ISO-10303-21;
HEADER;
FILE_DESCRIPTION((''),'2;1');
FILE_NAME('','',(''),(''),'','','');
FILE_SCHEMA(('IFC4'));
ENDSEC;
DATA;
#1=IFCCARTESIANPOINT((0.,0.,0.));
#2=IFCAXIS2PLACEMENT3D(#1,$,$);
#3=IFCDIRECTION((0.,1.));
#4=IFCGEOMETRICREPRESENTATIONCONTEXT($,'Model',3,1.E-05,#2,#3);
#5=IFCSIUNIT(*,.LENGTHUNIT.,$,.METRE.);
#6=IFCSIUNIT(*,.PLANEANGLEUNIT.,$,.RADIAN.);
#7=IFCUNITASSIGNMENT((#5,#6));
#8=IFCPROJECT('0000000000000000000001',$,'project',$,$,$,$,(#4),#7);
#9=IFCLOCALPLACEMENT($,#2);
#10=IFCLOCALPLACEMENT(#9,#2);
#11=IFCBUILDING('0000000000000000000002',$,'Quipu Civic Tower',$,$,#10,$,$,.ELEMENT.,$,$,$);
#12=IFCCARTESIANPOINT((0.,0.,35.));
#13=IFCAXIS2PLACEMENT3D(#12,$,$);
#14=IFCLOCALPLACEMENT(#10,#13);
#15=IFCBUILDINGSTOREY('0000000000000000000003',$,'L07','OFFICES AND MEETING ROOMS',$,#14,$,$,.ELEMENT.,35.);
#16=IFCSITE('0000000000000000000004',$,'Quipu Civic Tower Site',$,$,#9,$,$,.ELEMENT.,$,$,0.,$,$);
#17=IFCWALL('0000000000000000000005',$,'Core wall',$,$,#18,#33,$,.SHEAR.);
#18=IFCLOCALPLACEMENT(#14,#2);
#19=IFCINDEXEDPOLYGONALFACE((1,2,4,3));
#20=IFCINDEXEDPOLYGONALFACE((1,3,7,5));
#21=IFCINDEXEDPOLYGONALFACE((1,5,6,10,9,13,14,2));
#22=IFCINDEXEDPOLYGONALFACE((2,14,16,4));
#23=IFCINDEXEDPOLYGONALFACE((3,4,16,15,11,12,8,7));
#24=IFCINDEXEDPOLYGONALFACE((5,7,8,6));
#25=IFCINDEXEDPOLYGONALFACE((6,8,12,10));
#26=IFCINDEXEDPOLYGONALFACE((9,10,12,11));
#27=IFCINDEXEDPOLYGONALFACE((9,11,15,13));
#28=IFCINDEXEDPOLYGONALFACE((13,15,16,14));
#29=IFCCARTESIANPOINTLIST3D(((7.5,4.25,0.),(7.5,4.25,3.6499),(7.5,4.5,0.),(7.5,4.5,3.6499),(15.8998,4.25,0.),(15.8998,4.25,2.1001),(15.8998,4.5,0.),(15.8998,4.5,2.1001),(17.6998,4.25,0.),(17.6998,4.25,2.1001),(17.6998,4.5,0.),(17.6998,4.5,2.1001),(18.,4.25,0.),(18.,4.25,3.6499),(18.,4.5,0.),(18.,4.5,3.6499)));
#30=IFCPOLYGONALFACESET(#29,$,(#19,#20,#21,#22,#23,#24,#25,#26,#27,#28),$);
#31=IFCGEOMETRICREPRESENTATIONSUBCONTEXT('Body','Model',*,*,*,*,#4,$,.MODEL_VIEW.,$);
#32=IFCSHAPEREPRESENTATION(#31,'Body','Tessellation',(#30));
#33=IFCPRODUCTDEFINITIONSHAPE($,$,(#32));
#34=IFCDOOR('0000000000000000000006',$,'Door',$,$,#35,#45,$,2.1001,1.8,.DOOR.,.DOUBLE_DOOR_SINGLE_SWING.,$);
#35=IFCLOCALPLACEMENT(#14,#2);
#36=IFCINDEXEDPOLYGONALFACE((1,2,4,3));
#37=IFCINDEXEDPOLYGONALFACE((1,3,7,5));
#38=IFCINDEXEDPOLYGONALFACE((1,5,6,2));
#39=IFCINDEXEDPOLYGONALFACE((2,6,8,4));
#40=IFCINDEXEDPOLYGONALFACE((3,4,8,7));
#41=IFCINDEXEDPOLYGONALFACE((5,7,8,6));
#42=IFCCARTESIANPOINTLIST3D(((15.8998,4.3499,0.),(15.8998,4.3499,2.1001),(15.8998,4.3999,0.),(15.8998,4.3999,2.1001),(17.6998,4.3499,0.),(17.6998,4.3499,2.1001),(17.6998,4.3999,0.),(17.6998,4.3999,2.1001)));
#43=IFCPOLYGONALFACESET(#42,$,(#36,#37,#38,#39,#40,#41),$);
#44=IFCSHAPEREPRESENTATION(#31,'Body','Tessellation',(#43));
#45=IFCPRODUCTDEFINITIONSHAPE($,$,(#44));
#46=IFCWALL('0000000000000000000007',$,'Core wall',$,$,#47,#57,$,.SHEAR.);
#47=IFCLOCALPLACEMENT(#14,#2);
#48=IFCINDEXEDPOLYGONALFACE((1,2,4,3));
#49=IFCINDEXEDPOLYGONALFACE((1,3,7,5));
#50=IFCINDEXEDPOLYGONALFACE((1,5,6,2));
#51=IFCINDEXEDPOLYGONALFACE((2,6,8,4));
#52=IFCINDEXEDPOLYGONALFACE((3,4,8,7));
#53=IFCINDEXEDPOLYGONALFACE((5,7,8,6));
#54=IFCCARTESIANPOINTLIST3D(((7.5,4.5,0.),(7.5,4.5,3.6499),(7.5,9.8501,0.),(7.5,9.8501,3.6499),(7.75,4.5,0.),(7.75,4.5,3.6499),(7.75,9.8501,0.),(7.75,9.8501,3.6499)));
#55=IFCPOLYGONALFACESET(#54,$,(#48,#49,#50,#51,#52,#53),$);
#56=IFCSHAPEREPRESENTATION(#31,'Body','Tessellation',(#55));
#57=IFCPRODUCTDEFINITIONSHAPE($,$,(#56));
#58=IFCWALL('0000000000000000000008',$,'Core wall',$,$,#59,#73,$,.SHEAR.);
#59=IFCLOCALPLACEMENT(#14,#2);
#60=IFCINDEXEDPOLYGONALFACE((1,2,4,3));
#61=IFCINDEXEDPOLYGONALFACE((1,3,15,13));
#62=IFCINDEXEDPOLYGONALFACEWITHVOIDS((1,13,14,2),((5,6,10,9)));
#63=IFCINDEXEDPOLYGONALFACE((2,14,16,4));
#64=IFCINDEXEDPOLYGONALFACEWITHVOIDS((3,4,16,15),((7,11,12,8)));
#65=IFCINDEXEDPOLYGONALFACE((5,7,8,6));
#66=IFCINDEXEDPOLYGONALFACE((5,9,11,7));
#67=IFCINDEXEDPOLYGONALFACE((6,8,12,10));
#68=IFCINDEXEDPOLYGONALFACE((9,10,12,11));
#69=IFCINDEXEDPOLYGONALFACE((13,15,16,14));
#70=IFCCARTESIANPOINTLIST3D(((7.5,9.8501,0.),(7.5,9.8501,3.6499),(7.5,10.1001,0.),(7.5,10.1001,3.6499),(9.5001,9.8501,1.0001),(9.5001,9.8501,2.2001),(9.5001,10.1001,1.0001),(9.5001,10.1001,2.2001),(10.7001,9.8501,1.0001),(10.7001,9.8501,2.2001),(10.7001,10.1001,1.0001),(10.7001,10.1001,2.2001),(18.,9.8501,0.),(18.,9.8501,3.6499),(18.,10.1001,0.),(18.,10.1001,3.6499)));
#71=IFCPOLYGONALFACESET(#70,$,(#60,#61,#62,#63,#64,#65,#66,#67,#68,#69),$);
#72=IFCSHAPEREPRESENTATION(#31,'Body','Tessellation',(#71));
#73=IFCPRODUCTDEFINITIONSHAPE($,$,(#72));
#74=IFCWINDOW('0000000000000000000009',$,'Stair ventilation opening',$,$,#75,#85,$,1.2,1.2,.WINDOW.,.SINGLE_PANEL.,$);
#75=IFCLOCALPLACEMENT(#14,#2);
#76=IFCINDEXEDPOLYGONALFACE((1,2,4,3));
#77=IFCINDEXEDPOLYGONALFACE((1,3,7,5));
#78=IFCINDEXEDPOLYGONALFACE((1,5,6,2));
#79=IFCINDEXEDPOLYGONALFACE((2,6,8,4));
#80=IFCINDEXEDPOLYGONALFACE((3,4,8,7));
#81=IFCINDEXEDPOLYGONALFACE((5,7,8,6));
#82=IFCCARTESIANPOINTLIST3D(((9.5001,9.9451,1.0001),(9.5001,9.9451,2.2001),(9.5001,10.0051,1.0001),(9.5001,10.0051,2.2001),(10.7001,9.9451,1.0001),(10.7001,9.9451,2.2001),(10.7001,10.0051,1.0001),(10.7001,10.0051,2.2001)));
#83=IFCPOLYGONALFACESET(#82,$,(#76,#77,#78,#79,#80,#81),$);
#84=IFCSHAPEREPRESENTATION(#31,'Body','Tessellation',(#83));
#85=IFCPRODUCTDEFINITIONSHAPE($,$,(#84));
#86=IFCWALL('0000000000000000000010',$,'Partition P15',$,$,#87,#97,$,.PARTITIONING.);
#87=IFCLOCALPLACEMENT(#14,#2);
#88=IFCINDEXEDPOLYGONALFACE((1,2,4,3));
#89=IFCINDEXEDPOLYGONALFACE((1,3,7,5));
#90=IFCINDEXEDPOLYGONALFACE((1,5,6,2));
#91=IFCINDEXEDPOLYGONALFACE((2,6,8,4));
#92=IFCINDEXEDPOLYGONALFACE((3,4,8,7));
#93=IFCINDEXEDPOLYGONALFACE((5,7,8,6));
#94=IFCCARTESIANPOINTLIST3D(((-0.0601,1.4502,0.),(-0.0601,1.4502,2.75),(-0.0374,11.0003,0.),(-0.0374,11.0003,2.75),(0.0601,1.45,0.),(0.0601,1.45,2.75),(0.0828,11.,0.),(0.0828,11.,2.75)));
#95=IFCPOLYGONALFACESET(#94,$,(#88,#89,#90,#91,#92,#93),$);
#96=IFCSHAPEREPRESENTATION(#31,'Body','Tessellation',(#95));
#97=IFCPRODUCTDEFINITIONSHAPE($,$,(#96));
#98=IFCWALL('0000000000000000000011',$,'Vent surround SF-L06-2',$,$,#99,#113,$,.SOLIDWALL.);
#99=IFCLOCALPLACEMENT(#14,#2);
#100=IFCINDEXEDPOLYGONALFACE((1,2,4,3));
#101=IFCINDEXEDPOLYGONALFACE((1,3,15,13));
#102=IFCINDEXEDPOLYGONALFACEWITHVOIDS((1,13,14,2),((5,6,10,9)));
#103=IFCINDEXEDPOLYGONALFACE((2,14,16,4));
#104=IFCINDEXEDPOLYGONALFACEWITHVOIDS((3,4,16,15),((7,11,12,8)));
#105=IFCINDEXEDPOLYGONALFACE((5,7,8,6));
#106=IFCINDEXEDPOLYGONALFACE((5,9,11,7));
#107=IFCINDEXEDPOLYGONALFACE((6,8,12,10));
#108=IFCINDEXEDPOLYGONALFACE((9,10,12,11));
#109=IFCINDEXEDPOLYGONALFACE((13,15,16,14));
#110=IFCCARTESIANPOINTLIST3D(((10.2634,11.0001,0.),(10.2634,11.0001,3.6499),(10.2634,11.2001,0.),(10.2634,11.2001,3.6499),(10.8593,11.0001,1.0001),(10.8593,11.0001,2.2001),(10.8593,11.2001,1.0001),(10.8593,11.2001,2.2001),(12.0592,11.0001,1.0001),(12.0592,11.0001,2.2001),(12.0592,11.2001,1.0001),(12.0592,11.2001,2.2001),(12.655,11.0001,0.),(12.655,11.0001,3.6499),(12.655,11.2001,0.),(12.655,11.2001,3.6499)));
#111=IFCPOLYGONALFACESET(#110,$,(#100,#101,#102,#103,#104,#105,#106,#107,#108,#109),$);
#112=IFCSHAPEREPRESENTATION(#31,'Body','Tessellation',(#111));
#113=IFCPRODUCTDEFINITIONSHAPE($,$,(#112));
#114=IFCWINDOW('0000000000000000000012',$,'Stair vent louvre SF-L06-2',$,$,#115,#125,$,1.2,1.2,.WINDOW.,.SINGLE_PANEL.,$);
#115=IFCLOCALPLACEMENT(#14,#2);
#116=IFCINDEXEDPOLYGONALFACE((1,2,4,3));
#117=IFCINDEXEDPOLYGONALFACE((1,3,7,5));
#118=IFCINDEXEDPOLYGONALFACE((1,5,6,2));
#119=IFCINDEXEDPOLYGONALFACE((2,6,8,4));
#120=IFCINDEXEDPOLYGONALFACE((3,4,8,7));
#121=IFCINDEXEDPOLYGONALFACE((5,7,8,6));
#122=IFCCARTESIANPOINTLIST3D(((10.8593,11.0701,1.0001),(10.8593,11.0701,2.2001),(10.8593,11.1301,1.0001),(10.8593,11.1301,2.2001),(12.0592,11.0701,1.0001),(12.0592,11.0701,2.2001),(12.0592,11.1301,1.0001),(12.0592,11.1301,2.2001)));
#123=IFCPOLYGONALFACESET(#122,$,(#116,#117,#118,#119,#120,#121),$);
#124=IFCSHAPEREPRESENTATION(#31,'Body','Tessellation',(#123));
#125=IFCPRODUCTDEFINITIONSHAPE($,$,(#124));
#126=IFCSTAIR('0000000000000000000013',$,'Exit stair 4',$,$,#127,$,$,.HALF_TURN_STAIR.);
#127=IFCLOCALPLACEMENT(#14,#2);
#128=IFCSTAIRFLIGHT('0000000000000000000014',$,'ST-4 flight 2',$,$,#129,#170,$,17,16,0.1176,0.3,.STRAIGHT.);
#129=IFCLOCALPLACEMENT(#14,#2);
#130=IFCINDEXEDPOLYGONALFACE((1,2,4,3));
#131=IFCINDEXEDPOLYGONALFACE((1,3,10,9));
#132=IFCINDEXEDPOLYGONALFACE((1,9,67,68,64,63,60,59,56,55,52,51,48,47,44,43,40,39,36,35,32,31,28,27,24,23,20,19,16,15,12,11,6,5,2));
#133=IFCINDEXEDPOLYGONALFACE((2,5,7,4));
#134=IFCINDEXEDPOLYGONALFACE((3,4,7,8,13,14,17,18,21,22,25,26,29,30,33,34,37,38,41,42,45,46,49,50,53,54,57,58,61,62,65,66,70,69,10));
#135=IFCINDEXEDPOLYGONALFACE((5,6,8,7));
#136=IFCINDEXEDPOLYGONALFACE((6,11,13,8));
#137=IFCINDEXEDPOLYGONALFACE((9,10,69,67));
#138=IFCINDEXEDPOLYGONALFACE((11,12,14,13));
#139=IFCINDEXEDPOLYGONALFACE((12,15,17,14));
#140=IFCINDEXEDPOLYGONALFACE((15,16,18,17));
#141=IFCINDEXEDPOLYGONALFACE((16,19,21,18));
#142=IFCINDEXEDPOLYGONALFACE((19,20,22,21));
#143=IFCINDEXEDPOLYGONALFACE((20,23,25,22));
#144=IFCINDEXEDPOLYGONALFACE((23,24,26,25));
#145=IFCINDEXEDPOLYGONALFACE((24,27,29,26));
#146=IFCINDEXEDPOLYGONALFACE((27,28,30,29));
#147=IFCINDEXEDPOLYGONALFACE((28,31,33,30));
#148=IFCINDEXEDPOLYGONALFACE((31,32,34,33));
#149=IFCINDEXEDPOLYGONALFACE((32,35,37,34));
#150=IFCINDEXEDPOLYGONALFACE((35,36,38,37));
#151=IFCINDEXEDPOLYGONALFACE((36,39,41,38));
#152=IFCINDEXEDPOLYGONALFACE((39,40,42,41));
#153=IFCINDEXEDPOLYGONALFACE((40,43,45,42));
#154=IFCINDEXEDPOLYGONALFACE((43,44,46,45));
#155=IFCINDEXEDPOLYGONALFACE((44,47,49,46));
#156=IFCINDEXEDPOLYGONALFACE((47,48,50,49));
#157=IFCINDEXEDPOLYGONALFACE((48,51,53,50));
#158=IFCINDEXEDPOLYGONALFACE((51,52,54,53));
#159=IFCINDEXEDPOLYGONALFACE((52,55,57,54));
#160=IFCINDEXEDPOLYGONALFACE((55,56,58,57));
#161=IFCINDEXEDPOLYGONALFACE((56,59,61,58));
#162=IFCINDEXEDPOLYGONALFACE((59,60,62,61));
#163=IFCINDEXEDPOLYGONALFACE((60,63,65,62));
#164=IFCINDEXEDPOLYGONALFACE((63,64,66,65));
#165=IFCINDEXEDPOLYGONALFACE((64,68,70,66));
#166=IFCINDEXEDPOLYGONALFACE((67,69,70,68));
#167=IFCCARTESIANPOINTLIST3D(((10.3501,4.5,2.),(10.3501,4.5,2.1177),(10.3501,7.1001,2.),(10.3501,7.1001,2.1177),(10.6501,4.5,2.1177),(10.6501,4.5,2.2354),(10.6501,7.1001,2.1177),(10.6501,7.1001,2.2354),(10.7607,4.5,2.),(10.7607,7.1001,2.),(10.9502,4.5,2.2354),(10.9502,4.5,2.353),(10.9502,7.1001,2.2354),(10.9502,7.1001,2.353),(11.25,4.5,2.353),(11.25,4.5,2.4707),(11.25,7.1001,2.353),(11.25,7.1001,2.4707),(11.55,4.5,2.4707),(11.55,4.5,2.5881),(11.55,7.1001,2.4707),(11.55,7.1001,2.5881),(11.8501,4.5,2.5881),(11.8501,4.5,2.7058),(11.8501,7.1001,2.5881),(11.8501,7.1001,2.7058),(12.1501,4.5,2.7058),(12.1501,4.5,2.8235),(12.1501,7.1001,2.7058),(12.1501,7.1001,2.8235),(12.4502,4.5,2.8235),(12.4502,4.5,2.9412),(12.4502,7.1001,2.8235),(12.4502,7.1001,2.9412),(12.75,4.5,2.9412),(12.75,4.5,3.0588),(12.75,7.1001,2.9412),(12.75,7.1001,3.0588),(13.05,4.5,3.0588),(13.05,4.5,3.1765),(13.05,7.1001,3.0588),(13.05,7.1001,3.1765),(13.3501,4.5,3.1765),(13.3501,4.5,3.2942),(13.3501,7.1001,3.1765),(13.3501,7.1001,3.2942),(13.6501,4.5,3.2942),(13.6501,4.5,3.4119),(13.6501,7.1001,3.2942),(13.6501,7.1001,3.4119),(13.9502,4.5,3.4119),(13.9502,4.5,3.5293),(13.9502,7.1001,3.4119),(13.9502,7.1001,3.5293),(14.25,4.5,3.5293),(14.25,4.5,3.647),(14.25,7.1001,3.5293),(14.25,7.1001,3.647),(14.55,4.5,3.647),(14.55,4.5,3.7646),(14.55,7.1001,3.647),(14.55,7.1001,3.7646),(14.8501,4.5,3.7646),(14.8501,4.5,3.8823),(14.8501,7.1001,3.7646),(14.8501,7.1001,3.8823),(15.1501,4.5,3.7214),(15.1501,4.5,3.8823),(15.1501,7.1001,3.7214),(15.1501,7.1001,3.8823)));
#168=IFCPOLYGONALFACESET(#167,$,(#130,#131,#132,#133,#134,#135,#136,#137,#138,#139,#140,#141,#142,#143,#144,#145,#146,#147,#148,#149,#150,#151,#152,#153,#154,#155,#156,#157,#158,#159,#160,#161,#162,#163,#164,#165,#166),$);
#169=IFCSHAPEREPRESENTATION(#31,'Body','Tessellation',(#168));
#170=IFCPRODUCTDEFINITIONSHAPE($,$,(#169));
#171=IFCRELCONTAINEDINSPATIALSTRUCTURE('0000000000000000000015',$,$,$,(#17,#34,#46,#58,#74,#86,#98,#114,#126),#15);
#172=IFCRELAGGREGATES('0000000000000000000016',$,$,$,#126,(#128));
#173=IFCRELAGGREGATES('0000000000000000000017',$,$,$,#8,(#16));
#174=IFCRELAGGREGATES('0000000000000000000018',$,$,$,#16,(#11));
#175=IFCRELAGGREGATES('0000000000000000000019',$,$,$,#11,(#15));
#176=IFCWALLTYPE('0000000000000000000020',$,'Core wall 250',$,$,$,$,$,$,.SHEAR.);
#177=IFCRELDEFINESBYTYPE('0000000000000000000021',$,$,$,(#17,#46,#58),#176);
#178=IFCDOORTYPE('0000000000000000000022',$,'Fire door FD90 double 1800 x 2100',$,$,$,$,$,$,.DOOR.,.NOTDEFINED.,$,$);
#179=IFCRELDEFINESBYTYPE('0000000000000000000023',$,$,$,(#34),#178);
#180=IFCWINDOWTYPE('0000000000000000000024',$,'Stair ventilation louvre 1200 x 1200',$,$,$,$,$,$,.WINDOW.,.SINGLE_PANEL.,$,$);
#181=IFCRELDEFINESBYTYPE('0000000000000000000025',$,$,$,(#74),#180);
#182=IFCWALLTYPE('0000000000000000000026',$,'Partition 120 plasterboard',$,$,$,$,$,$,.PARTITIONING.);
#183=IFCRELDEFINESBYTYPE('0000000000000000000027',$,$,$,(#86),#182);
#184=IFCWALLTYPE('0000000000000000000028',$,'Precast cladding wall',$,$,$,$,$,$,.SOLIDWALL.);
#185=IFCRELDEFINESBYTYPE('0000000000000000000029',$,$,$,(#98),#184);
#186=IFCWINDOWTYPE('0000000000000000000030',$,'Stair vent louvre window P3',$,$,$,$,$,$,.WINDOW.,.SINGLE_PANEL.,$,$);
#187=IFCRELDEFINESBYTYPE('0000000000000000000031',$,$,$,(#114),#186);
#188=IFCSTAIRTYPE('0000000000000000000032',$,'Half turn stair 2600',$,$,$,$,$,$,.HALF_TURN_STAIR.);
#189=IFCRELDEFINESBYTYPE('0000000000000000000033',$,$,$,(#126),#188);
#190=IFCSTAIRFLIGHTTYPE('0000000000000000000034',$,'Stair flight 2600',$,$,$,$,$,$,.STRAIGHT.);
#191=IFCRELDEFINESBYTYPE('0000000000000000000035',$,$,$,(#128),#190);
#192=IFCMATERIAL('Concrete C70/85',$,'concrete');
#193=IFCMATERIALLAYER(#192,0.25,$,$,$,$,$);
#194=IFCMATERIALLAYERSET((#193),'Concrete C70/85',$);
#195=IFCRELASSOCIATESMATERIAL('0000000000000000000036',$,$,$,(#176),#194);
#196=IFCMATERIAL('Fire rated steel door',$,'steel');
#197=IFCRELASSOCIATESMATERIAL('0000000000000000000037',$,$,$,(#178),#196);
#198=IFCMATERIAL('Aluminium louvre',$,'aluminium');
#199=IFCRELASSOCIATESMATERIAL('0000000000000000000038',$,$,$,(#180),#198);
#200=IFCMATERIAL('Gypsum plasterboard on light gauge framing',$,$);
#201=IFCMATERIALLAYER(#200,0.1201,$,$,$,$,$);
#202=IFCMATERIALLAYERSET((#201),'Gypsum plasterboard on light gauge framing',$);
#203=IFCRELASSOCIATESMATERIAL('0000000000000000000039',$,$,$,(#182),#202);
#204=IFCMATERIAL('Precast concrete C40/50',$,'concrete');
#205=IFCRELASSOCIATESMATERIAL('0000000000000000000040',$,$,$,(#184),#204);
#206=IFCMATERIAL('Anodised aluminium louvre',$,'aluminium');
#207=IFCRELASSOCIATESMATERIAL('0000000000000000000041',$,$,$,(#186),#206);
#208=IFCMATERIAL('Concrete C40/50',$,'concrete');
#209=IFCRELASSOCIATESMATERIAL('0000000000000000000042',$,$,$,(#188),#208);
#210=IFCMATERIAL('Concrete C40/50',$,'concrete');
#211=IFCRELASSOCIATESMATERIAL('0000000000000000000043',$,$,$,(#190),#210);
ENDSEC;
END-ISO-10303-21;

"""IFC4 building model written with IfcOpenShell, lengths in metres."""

from ifc_helpers import new_model, si_unit, direction, frame, frame_2d, origin, place, context, subcontext, project, spatial, polyline, rectangle, outline, extrude, material, layer, layer_set, type_object, element, fill, aggregate, save


model = new_model("IFC4")

# Units and contexts
model_context = context("Model", 3, precision=1e-05, world=origin(), true_north=direction((0.0, 1.0)))
body_context = subcontext(model_context, "Body", "Model", "MODEL_VIEW")
ifc_project = project(units=[si_unit("LENGTHUNIT", "METRE"), si_unit("PLANEANGLEUNIT", "RADIAN")], contexts=[model_context])

# Site, building, storey
site_placement = place(None, origin())
site = spatial("IfcSite", under=ifc_project, at=site_placement, Name="Quipu Civic Tower Site", CompositionType="ELEMENT", RefElevation=0.0)
building_placement = place(site_placement, origin())
building = spatial("IfcBuilding", under=site, at=building_placement, Name="Quipu Civic Tower", CompositionType="ELEMENT")
storey_placement = place(building_placement, frame((0.0, 0.0, 35.0)))
storey = spatial("IfcBuildingStorey", under=building, at=storey_placement, Name="L07", Description="OFFICES AND MEETING ROOMS", CompositionType="ELEMENT", Elevation=35.0)

# Wall, opening, door
ifc_material_1 = material(Name="Concrete C70/85", Category="concrete")
ifc_layer_1 = layer(ifc_material_1, 0.25)
ifc_layer_set_1 = layer_set([ifc_layer_1], Name="Concrete C70/85")
wall_type_1 = type_object("IfcWallType", Name="Core wall 250", PredefinedType="SHEAR", material=ifc_layer_set_1)
ifc_material_2 = material(Name="Fire rated steel door", Category="steel")
door_type = type_object("IfcDoorType", Name="Fire door FD90 double 1800 x 2100", OperationType="NOTDEFINED", PredefinedType="DOOR", material=ifc_material_2)
wall_1_placement = place(storey_placement, frame((7.5, 4.375, 0.0), z_axis=(0.0, 0.0, 1.0), x_axis=(1.0, 0.0, 0.0)))
wall_1 = element("IfcWall", 1, at=wall_1_placement, inside=storey, type_object=wall_type_1, Name="Core wall", PredefinedType="SHEAR", context=body_context, shape_type="SweptSolid", body=[
    extrude(rectangle(XDim=10.5, YDim=0.25, at=frame_2d((5.25, 0.0))), origin(), (0.0, 0.0, 1.0), 3.6499),
])
opening_1_placement = place(wall_1_placement, frame((8.3999, 0.0, 0.0)))
opening_1 = element("IfcOpeningElement", 2, at=opening_1_placement, cuts=wall_1, PredefinedType="OPENING", context=body_context, shape_type="SweptSolid", body=[
    extrude(rectangle(XDim=1.8, YDim=2.1001, at=frame_2d((0.8999, 1.05))), frame((0.0, 0.135, 0.0), z_axis=(0.0, -1.0, 0.0), x_axis=(1.0, 0.0, 0.0)), (0.0, 0.0, 1.0), 0.27),
])
door_1_placement = place(opening_1_placement, origin())
door_1 = element("IfcDoor", 3, at=door_1_placement, inside=storey, type_object=door_type, Name="Door", OperationType="DOUBLE_DOOR_SINGLE_SWING", OverallHeight=2.1001, OverallWidth=1.8, PredefinedType="DOOR", context=body_context, shape_type="SweptSolid", body=[
    extrude(rectangle(XDim=1.8, YDim=2.1001, at=frame_2d((0.8999, 1.05))), frame((0.0, 0.0249, 0.0), z_axis=(0.0, -1.0, 0.0), x_axis=(1.0, 0.0, 0.0)), (0.0, 0.0, 1.0), 0.05),
])
fill(opening_1, door_1)

# Wall
wall_2_placement = place(storey_placement, frame((7.625, 4.5, 0.0), z_axis=(0.0, 0.0, 1.0), x_axis=(0.0, 1.0, 0.0)))
element("IfcWall", 4, at=wall_2_placement, inside=storey, type_object=wall_type_1, Name="Core wall", PredefinedType="SHEAR", context=body_context, shape_type="SweptSolid", body=[
    extrude(rectangle(XDim=5.3501, YDim=0.25, at=frame_2d((2.675, 0.0))), origin(), (0.0, 0.0, 1.0), 3.6499),
])

# Wall, opening, window
wall_3_placement = place(storey_placement, frame((7.5, 9.9751, 0.0), z_axis=(0.0, 0.0, 1.0), x_axis=(1.0, 0.0, 0.0)))
wall_3 = element("IfcWall", 5, at=wall_3_placement, inside=storey, type_object=wall_type_1, Name="Core wall", PredefinedType="SHEAR", context=body_context, shape_type="SweptSolid", body=[
    extrude(rectangle(XDim=10.5, YDim=0.25, at=frame_2d((5.25, 0.0))), origin(), (0.0, 0.0, 1.0), 3.6499),
])
opening_2_placement = place(wall_3_placement, frame((2.0, 0.0, 1.0)))
opening_2 = element("IfcOpeningElement", 6, at=opening_2_placement, cuts=wall_3, PredefinedType="OPENING", context=body_context, shape_type="SweptSolid", body=[
    extrude(rectangle(XDim=1.2, YDim=1.2, at=frame_2d((0.6001, 0.6001))), frame((0.0, 0.135, 0.0), z_axis=(0.0, -1.0, 0.0), x_axis=(1.0, 0.0, 0.0)), (0.0, 0.0, 1.0), 0.27),
])
ifc_material_3 = material(Name="Aluminium louvre", Category="aluminium")
window_type_1 = type_object("IfcWindowType", Name="Stair ventilation louvre 1200 x 1200", PartitioningType="SINGLE_PANEL", PredefinedType="WINDOW", material=ifc_material_3)
window_1_placement = place(opening_2_placement, origin())
window_1 = element("IfcWindow", 7, at=window_1_placement, inside=storey, type_object=window_type_1, Name="Stair ventilation opening", OverallHeight=1.2, OverallWidth=1.2, PartitioningType="SINGLE_PANEL", PredefinedType="WINDOW", context=body_context, shape_type="SweptSolid", body=[
    extrude(rectangle(XDim=1.2, YDim=1.2, at=frame_2d((0.6001, 0.6001))), frame((0.0, 0.03, 0.0), z_axis=(0.0, -1.0, 0.0), x_axis=(1.0, 0.0, 0.0)), (0.0, 0.0, 1.0), 0.0601),
])
fill(opening_2, window_1)

# Wall
ifc_material_4 = material(Name="Gypsum plasterboard on light gauge framing")
ifc_layer_2 = layer(ifc_material_4, 0.1201)
ifc_layer_set_2 = layer_set([ifc_layer_2], Name="Gypsum plasterboard on light gauge framing")
wall_type_2 = type_object("IfcWallType", Name="Partition 120 plasterboard", PredefinedType="PARTITIONING", material=ifc_layer_set_2)
wall_4_placement = place(storey_placement, frame((0.0227, 11.0, 0.0), z_axis=(0.0, 0.0, 1.0), x_axis=(-0.002377, -0.999997, 0.0)))
element("IfcWall", 8, at=wall_4_placement, inside=storey, type_object=wall_type_2, Name="Partition P15", PredefinedType="PARTITIONING", context=body_context, shape_type="SweptSolid", body=[
    extrude(rectangle(XDim=9.55, YDim=0.1201, at=frame_2d((4.7749, 0.0))), origin(), (0.0, 0.0, 1.0), 2.75),
])

# Wall, opening, window
ifc_material_5 = material(Name="Precast concrete C40/50", Category="concrete")
wall_type_3 = type_object("IfcWallType", Name="Precast cladding wall", PredefinedType="SOLIDWALL", material=ifc_material_5)
wall_5_placement = place(storey_placement, frame((12.655, 11.1001, 0.0), z_axis=(0.0, 0.0, 1.0), x_axis=(-1.0, 0.0, 0.0)))
wall_5 = element("IfcWall", 9, at=wall_5_placement, inside=storey, type_object=wall_type_3, Name="Vent surround SF-L06-2", PredefinedType="SOLIDWALL", context=body_context, shape_type="SweptSolid", body=[
    extrude(rectangle(XDim=2.3916, YDim=0.2, at=frame_2d((1.1958, 0.0))), origin(), (0.0, 0.0, 1.0), 3.6499),
])
opening_3_placement = place(wall_5_placement, frame((0.5957, 0.0, 1.0)))
opening_3 = element("IfcOpeningElement", 10, at=opening_3_placement, cuts=wall_5, PredefinedType="OPENING", context=body_context, shape_type="SweptSolid", body=[
    extrude(rectangle(XDim=1.2, YDim=1.2, at=frame_2d((0.6001, 0.6001))), frame((0.0, 0.1099, 0.0), z_axis=(0.0, -1.0, 0.0), x_axis=(1.0, 0.0, 0.0)), (0.0, 0.0, 1.0), 0.22),
])
ifc_material_6 = material(Name="Anodised aluminium louvre", Category="aluminium")
window_type_2 = type_object("IfcWindowType", Name="Stair vent louvre window P3", PartitioningType="SINGLE_PANEL", PredefinedType="WINDOW", material=ifc_material_6)
window_2_placement = place(opening_3_placement, origin())
window_2 = element("IfcWindow", 11, at=window_2_placement, inside=storey, type_object=window_type_2, Name="Stair vent louvre SF-L06-2", OverallHeight=1.2, OverallWidth=1.2, PartitioningType="SINGLE_PANEL", PredefinedType="WINDOW", context=body_context, shape_type="SweptSolid", body=[
    extrude(rectangle(XDim=1.2, YDim=1.2, at=frame_2d((0.6001, 0.6001))), frame((0.0, 0.03, 0.0), z_axis=(0.0, -1.0, 0.0), x_axis=(1.0, 0.0, 0.0)), (0.0, 0.0, 1.0), 0.0601),
])
fill(opening_3, window_2)

# Stair, stair flight
ifc_material_7 = material(Name="Concrete C40/50", Category="concrete")
stair_type = type_object("IfcStairType", Name="Half turn stair 2600", PredefinedType="HALF_TURN_STAIR", material=ifc_material_7)
stair_placement = place(storey_placement, origin())
stair = element("IfcStair", 12, at=stair_placement, inside=storey, type_object=stair_type, Name="Exit stair 4", PredefinedType="HALF_TURN_STAIR")
ifc_material_8 = material(Name="Concrete C40/50", Category="concrete")
stair_flight_type = type_object("IfcStairFlightType", Name="Stair flight 2600", PredefinedType="STRAIGHT", material=ifc_material_8)
stair_flight_placement = place(storey_placement, frame((10.3501, 5.8, 2.0), z_axis=(0.0, 0.0, 1.0), x_axis=(1.0, 0.0, 0.0)))
stair_flight = element("IfcStairFlight", 13, at=stair_flight_placement, type_object=stair_flight_type, Name="ST-4 flight 2", NumberOfRisers=17, NumberOfTreads=16, PredefinedType="STRAIGHT", RiserHeight=0.1176, TreadLength=0.3, context=body_context, shape_type="SweptSolid", body=[
    extrude(outline(polyline([(0.0, 0.0), (0.0, 0.1177), (0.3, 0.1177), (0.3, 0.2354), (0.6001, 0.2354), (0.6001, 0.353), (0.8999, 0.353), (0.8999, 0.4707), (1.2, 0.4707), (1.2, 0.5881), (1.5, 0.5881), (1.5, 0.7058), (1.8, 0.7058), (1.8, 0.8235), (2.1001, 0.8235), (2.1001, 0.9412), (2.3999, 0.9412), (2.3999, 1.0588), (2.7, 1.0588), (2.7, 1.1765), (3.0, 1.1765), (3.0, 1.2942), (3.3, 1.2942), (3.3, 1.4119), (3.6001, 1.4119), (3.6001, 1.5293), (3.8999, 1.5293), (3.8999, 1.647), (4.2, 1.647), (4.2, 1.7646), (4.5, 1.7646), (4.5, 1.8823), (4.8, 1.8823), (4.8, 2.0), (4.8, 1.7214), (0.4106, 0.0), (0.0, 0.0)])), frame((0.0, 1.3, 0.0), z_axis=(0.0, -1.0, 0.0), x_axis=(1.0, 0.0, 0.0)), (0.0, 0.0, 1.0), 2.6001),
])
aggregate(stair, [stair_flight])

save(model, "model.ifc")
